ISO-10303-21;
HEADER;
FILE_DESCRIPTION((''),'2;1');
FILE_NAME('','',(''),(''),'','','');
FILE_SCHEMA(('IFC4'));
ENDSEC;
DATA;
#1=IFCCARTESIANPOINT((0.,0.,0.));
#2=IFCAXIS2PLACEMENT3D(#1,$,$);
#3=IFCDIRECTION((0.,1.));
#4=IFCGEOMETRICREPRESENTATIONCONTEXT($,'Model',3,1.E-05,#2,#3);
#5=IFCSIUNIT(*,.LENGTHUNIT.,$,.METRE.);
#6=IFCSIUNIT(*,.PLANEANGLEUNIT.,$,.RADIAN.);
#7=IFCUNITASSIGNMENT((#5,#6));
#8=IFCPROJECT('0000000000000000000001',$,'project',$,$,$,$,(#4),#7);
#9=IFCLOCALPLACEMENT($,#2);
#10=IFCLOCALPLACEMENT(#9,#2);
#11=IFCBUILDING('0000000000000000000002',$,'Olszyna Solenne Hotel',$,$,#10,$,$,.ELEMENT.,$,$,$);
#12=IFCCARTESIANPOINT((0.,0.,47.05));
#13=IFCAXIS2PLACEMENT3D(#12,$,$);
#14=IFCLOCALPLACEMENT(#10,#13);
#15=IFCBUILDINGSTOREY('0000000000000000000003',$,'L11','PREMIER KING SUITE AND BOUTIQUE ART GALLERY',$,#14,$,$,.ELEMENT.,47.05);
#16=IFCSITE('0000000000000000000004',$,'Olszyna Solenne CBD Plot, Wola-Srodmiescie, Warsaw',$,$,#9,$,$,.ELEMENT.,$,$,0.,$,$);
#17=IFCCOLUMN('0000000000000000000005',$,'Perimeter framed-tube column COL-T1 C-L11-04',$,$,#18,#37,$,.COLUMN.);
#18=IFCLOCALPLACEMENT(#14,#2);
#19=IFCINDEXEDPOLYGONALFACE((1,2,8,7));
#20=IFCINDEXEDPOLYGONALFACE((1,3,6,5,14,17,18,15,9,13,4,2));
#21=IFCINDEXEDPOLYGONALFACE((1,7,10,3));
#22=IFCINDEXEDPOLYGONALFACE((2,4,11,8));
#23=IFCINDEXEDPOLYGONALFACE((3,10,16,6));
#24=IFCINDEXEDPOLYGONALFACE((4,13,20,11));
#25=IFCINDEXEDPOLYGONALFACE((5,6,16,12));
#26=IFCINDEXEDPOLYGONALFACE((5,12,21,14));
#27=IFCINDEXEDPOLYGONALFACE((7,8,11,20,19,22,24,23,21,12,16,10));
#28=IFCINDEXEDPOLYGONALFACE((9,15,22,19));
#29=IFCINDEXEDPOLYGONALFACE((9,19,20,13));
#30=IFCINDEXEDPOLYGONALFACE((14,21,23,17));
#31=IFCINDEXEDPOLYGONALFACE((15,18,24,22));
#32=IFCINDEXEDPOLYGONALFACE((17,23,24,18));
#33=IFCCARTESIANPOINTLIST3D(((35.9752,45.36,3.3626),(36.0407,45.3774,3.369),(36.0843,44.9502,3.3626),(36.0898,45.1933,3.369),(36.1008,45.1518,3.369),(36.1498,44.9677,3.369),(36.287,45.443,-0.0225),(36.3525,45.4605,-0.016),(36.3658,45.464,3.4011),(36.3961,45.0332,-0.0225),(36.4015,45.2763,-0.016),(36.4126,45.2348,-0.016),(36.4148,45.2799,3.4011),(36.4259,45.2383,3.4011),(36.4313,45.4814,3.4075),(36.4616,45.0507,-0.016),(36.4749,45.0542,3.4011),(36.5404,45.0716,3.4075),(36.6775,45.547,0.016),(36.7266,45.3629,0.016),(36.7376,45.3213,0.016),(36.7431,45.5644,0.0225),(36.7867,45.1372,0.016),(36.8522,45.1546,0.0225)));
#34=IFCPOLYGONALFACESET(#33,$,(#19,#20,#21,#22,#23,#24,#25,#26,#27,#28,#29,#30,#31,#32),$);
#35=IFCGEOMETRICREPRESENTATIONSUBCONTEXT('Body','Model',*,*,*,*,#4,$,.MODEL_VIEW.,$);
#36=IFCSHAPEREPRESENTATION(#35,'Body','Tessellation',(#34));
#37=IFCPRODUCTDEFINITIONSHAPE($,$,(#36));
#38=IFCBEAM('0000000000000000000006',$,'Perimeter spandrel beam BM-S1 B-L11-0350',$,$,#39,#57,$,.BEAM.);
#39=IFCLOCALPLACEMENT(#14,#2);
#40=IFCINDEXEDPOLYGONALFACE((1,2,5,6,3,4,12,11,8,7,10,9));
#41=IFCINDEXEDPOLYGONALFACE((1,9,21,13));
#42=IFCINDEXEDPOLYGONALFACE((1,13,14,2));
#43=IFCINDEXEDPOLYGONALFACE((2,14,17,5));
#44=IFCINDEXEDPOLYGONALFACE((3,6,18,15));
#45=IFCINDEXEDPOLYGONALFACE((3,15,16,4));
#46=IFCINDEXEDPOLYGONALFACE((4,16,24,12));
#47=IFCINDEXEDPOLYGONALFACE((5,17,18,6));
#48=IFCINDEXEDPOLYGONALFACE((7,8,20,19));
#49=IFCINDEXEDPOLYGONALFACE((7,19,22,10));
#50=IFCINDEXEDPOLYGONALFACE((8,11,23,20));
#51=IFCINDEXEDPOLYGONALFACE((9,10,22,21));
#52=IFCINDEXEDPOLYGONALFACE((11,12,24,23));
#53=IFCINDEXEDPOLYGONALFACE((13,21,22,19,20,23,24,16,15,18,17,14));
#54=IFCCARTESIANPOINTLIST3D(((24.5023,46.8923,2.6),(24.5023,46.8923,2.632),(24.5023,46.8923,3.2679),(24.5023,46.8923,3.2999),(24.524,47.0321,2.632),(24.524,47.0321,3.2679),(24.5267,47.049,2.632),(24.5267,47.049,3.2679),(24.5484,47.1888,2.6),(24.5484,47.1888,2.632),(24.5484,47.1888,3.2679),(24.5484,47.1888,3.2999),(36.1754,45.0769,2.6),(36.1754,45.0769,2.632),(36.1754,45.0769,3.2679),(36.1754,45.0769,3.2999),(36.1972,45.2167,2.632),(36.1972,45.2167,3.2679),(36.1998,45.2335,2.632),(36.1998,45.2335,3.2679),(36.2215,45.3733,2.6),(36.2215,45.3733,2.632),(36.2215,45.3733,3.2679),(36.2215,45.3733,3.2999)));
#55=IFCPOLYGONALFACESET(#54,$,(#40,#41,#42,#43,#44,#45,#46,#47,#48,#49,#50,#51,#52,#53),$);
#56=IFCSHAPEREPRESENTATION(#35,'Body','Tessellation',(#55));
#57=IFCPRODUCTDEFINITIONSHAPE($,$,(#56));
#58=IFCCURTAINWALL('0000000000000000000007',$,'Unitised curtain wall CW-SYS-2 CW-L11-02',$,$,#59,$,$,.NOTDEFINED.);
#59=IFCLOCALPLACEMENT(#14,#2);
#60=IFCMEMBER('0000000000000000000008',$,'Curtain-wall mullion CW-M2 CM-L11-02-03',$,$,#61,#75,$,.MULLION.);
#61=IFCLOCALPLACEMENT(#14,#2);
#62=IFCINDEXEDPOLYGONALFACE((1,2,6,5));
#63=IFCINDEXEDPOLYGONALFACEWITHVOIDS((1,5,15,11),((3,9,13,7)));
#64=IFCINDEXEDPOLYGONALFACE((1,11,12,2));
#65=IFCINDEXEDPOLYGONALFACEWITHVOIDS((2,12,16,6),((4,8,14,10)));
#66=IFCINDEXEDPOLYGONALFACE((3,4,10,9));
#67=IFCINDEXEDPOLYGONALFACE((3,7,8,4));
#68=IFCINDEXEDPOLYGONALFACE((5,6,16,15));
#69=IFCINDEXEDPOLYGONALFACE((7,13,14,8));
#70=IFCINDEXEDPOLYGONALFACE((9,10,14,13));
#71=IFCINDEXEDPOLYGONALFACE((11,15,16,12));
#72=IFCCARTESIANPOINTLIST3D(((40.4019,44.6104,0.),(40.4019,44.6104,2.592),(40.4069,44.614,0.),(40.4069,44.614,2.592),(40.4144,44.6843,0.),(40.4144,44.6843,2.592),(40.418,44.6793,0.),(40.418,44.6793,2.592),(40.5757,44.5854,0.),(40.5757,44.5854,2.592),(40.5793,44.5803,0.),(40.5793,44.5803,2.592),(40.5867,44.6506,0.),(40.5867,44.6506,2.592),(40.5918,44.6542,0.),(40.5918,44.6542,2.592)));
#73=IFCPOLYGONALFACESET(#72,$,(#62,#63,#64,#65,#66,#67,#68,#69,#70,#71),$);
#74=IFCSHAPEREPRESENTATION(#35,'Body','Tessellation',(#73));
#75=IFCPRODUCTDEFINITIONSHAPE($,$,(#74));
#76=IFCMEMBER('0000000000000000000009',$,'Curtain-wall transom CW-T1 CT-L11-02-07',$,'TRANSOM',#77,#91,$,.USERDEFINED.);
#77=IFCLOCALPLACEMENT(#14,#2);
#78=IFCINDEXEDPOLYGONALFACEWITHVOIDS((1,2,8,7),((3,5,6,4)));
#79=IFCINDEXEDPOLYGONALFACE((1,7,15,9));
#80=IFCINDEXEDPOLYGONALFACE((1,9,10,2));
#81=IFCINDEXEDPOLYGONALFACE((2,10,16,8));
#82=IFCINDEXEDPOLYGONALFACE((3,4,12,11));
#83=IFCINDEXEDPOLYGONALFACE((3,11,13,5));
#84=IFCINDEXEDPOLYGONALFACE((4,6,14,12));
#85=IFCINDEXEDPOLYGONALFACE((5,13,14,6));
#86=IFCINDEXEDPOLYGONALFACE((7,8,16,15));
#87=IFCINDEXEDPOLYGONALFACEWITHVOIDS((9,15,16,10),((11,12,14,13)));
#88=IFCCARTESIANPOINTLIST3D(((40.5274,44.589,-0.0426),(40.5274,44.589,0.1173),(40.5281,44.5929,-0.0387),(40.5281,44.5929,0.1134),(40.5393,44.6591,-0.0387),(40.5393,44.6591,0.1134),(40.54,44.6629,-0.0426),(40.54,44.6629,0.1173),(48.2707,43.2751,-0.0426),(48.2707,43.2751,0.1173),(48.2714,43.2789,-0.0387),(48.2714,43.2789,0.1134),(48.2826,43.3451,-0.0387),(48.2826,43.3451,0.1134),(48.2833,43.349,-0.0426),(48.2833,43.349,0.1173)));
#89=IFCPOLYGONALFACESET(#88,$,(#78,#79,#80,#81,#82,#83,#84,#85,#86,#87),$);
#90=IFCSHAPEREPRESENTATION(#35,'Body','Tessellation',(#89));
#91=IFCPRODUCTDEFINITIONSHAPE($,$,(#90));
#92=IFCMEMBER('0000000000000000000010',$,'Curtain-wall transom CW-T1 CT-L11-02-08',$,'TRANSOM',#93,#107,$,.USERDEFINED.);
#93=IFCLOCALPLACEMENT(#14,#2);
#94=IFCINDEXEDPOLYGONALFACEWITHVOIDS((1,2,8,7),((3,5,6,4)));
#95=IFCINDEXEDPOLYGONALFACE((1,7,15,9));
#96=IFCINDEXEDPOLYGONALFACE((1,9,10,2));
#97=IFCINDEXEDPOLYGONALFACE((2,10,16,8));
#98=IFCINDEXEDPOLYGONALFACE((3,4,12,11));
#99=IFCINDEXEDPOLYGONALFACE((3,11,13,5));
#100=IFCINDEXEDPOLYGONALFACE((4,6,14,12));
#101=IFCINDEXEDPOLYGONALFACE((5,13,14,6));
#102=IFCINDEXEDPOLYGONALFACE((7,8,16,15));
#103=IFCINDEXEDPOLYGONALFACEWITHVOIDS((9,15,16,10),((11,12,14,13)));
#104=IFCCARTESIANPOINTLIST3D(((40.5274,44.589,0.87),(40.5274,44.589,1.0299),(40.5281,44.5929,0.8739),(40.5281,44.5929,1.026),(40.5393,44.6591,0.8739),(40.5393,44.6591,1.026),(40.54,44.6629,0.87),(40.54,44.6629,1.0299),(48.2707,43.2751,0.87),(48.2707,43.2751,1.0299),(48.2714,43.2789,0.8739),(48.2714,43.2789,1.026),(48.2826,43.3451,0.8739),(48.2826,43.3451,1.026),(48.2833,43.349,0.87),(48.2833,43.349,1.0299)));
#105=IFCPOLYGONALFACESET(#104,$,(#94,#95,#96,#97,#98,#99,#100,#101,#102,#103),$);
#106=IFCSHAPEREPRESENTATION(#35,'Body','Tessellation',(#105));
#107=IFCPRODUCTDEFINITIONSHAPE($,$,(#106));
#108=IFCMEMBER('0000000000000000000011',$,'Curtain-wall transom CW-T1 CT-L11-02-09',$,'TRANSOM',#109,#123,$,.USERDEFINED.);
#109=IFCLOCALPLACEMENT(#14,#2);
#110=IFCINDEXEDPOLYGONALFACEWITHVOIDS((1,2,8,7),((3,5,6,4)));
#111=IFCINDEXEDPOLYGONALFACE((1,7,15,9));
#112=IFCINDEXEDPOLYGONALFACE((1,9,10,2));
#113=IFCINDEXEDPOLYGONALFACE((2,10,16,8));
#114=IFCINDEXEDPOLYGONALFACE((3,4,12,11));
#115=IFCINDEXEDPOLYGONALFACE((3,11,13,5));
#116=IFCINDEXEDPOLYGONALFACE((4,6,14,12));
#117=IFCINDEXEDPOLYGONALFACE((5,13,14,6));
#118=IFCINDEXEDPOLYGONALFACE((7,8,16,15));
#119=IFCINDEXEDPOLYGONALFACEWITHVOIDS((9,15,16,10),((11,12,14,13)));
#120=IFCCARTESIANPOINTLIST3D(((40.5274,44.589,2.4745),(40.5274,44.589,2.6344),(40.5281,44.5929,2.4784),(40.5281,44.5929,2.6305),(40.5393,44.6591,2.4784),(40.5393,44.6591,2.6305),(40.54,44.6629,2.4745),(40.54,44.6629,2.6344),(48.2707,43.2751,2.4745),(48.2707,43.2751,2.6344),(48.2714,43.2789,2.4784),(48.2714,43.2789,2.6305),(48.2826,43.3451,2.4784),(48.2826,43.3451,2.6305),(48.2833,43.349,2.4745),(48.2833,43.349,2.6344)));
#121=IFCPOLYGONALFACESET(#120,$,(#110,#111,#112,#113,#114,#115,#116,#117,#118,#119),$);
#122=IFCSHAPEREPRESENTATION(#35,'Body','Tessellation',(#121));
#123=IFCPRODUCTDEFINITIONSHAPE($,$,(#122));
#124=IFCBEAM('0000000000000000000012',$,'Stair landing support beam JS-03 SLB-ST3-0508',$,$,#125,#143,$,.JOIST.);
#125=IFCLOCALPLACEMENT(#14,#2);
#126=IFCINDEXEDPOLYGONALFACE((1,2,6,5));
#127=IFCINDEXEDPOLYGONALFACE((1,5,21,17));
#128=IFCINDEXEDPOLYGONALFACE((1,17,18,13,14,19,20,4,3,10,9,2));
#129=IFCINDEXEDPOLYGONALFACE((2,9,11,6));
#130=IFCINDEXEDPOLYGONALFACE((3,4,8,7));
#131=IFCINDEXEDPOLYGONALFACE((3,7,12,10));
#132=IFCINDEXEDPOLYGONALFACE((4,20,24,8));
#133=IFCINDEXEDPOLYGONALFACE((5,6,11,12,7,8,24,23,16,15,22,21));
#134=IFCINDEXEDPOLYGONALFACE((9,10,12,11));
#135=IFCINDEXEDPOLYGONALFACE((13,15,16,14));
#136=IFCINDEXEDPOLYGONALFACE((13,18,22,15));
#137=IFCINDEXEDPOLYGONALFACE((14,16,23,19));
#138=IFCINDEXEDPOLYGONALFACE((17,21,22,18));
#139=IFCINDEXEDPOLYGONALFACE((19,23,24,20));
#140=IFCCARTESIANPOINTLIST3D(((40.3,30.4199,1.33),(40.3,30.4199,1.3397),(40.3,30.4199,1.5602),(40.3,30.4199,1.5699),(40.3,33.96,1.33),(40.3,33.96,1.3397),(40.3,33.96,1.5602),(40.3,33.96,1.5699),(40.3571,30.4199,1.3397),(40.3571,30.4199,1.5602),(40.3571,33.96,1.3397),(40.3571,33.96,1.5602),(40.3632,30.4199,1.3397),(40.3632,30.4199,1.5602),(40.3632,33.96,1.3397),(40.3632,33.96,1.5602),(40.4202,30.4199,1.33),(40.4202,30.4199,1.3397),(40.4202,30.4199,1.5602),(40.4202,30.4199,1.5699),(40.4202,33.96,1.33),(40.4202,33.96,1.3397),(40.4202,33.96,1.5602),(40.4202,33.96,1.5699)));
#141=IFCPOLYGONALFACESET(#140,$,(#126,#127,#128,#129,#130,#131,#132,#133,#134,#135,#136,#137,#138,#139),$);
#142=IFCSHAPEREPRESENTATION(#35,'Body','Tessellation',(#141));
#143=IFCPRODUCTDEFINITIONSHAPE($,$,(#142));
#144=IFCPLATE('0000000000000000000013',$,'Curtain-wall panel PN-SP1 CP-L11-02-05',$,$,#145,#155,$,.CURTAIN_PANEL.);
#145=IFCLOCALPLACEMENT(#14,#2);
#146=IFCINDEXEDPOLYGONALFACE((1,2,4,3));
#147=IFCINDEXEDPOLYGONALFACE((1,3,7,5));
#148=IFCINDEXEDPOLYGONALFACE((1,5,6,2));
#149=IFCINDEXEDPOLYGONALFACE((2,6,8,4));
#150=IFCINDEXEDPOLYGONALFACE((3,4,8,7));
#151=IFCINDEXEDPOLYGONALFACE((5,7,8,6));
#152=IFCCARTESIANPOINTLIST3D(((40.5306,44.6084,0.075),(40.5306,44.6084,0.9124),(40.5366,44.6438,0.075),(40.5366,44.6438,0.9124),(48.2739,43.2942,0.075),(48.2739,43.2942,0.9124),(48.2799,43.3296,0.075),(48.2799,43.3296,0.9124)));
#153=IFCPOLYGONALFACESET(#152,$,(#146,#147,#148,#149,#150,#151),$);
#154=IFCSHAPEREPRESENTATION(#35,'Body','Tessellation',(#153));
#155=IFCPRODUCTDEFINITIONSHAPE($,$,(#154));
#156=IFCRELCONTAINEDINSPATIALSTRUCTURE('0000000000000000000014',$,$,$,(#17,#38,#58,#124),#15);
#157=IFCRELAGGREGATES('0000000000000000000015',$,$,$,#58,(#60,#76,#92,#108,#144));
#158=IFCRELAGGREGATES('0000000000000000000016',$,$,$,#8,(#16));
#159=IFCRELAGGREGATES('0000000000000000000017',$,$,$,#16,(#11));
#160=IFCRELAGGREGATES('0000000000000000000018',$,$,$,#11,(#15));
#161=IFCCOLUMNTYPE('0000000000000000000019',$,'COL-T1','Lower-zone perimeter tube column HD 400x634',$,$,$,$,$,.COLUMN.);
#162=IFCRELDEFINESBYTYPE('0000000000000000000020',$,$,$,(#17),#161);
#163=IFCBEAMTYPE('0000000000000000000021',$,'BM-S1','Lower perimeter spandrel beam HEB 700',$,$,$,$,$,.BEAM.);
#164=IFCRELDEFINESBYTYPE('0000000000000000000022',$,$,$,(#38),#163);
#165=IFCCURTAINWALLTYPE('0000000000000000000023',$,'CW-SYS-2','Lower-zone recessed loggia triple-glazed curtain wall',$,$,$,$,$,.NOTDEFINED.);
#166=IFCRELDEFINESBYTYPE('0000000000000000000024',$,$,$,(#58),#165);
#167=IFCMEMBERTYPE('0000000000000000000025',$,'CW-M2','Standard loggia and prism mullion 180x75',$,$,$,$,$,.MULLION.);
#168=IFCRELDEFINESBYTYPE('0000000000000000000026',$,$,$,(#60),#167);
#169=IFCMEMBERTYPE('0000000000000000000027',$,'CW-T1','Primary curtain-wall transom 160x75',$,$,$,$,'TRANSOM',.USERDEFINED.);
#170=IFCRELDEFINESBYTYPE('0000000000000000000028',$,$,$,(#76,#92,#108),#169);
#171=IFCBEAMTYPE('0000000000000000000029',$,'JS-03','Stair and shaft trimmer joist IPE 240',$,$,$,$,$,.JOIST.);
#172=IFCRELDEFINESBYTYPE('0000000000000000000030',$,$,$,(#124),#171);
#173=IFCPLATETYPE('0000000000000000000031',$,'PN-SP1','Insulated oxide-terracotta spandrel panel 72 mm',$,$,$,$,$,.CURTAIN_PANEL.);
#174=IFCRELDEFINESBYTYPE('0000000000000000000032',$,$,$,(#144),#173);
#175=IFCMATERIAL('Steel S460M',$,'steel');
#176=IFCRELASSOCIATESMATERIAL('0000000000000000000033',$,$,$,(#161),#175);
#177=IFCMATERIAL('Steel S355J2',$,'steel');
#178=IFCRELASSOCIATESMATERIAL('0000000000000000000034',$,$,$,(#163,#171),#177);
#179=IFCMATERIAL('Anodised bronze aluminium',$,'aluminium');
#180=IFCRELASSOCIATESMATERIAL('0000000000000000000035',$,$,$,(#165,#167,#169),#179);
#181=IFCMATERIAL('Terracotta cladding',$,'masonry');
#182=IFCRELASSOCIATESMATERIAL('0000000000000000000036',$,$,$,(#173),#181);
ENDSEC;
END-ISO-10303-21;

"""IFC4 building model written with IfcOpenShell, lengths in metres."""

from ifc_helpers import new_model, si_unit, direction, frame, origin, origin_2d, place, context, subcontext, project, spatial, rectangle, hollow_rectangle, i_section, extrude, source, transform, mapped, material, material_profile, profile_set, type_object, element, aggregate, save


model = new_model("IFC4")

# Units and contexts
model_context = context("Model", 3, precision=1e-05, world=origin(), true_north=direction((0.0, 1.0)))
body_context = subcontext(model_context, "Body", "Model", "MODEL_VIEW")
ifc_project = project(units=[si_unit("LENGTHUNIT", "METRE"), si_unit("PLANEANGLEUNIT", "RADIAN")], contexts=[model_context])

# Site, building, storey
site_placement = place(None, origin())
site = spatial("IfcSite", under=ifc_project, at=site_placement, Name="Olszyna Solenne CBD Plot, Wola-Srodmiescie, Warsaw", CompositionType="ELEMENT", RefElevation=0.0)
building_placement = place(site_placement, origin())
building = spatial("IfcBuilding", under=site, at=building_placement, Name="Olszyna Solenne Hotel", CompositionType="ELEMENT")
storey_placement = place(building_placement, frame((0.0, 0.0, 47.05)))
storey = spatial("IfcBuildingStorey", under=building, at=storey_placement, Name="L11", Description="PREMIER KING SUITE AND BOUTIQUE ART GALLERY", CompositionType="ELEMENT", Elevation=47.05)

# Column
ifc_material_1 = material(Name="Steel S460M", Category="steel")
ifc_material_profile_1 = material_profile(ifc_material_1, i_section(OverallWidth=0.4241, OverallDepth=0.4741, WebThickness=0.043, FlangeThickness=0.0681, at=origin_2d()), Name="HD 400x634", Category="load-bearing")
ifc_profile_set_1 = profile_set([ifc_material_profile_1], Name="Steel S460M")
column_type = type_object("IfcColumnType", Name="COL-T1", Description="Lower-zone perimeter tube column HD 400x634", PredefinedType="COLUMN", material=ifc_profile_set_1)
shared_shape_1 = source(origin(), body_context, "Body", "SweptSolid", [
    extrude(i_section(OverallWidth=0.4241, OverallDepth=0.4741, WebThickness=0.043, FlangeThickness=0.0681, at=origin_2d()), origin(), (0.0, 0.0, 1.0), 3.4004),
])
column_placement = place(storey_placement, frame((36.5696, 45.2988, 0.0), z_axis=(-0.091687, -0.024412, 0.995489), x_axis=(0.257286, -0.966335, 0.0)))
element("IfcColumn", 1, at=column_placement, inside=storey, type_object=column_type, Name="Perimeter framed-tube column COL-T1 C-L11-04", PredefinedType="COLUMN", context=body_context, shape_type="MappedRepresentation", body=[
    mapped(shared_shape_1, transform((0.0, 0.0, 0.0), x_axis=(1.0, 0.0, 0.0), y_axis=(0.0, 1.0, 0.0), z_axis=(0.0, 0.0, 1.0), scale=1.0)),
])

# Beam
ifc_material_2 = material(Name="Steel S355J2", Category="steel")
ifc_material_profile_2 = material_profile(ifc_material_2, i_section(OverallWidth=0.3, OverallDepth=0.7, WebThickness=0.0171, FlangeThickness=0.032, at=origin_2d()), Name="HEB 700", Category="load-bearing")
ifc_profile_set_2 = profile_set([ifc_material_profile_2], Name="Steel S355J2")
beam_type_1 = type_object("IfcBeamType", Name="BM-S1", Description="Lower perimeter spandrel beam HEB 700", PredefinedType="BEAM", material=ifc_profile_set_2)
shared_shape_2 = source(origin(), body_context, "Body", "SweptSolid", [
    extrude(i_section(OverallWidth=0.3, OverallDepth=0.7, WebThickness=0.0171, FlangeThickness=0.032, at=origin_2d()), origin(), (0.0, 0.0, 1.0), 11.8135),
])
beam_1_placement = place(storey_placement, frame((36.1985, 45.2251, 2.95), z_axis=(-0.988121, 0.153675, 0.0), x_axis=(-0.153675, -0.988121, 0.0)))
element("IfcBeam", 2, at=beam_1_placement, inside=storey, type_object=beam_type_1, Name="Perimeter spandrel beam BM-S1 B-L11-0350", PredefinedType="BEAM", context=body_context, shape_type="MappedRepresentation", body=[
    mapped(shared_shape_2, transform((0.0, 0.0, 0.0), x_axis=(1.0, 0.0, 0.0), y_axis=(0.0, 1.0, 0.0), z_axis=(0.0, 0.0, 1.0), scale=1.0)),
])

# Curtain wall, members
ifc_material_3 = material(Name="Anodised bronze aluminium", Category="aluminium")
curtain_wall_type = type_object("IfcCurtainWallType", Name="CW-SYS-2", Description="Lower-zone recessed loggia triple-glazed curtain wall", PredefinedType="NOTDEFINED", material=ifc_material_3)
curtain_wall_placement = place(storey_placement, origin())
curtain_wall = element("IfcCurtainWall", 3, at=curtain_wall_placement, inside=storey, type_object=curtain_wall_type, Name="Unitised curtain wall CW-SYS-2 CW-L11-02", PredefinedType="NOTDEFINED")
ifc_material_profile_3 = material_profile(ifc_material_3, hollow_rectangle(XDim=0.075, YDim=0.1799, WallThickness=0.0044, at=origin_2d()), Name="MULL 180x75x4.5", Category="load-bearing")
ifc_profile_set_3 = profile_set([ifc_material_profile_3], Name="Anodised bronze aluminium")
member_type_1 = type_object("IfcMemberType", Name="CW-M2", Description="Standard loggia and prism mullion 180x75", PredefinedType="MULLION", material=ifc_profile_set_3)
shared_shape_3 = source(origin(), body_context, "Body", "SweptSolid", [
    extrude(hollow_rectangle(XDim=0.075, YDim=0.1799, WallThickness=0.0044, at=origin_2d()), origin(), (0.0, 0.0, 1.0), 2.592),
])
member_1_placement = place(storey_placement, frame((40.4968, 44.6323, 0.0), z_axis=(0.0, 0.0, 1.0), x_axis=(0.16732, 0.985903, 0.0)))
member_1 = element("IfcMember", 4, at=member_1_placement, type_object=member_type_1, Name="Curtain-wall mullion CW-M2 CM-L11-02-03", PredefinedType="MULLION", context=body_context, shape_type="MappedRepresentation", body=[
    mapped(shared_shape_3, transform((0.0, 0.0, 0.0), x_axis=(1.0, 0.0, 0.0), y_axis=(0.0, 1.0, 0.0), z_axis=(0.0, 0.0, 1.0), scale=1.0)),
])
ifc_material_profile_4 = material_profile(ifc_material_3, hollow_rectangle(XDim=0.075, YDim=0.1599, WallThickness=0.0039, at=origin_2d()), Name="TRAN 160x75x4", Category="load-bearing")
ifc_profile_set_4 = profile_set([ifc_material_profile_4], Name="Anodised bronze aluminium")
member_type_2 = type_object("IfcMemberType", Name="CW-T1", Description="Primary curtain-wall transom 160x75", ElementType="TRANSOM", PredefinedType="USERDEFINED", material=ifc_profile_set_4)
shared_shape_4 = source(origin(), body_context, "Body", "SweptSolid", [
    extrude(hollow_rectangle(XDim=0.075, YDim=0.1599, WallThickness=0.0039, at=origin_2d()), origin(), (0.0, 0.0, 1.0), 7.854),
])
member_2_placement = place(storey_placement, frame((40.5337, 44.626, 0.0374), z_axis=(0.985907, -0.167297, 0.0), x_axis=(0.167297, 0.985907, 0.0)))
member_2 = element("IfcMember", 5, at=member_2_placement, type_object=member_type_2, Name="Curtain-wall transom CW-T1 CT-L11-02-07", ObjectType="TRANSOM", PredefinedType="USERDEFINED", context=body_context, shape_type="MappedRepresentation", body=[
    mapped(shared_shape_4, transform((0.0, 0.0, 0.0), x_axis=(1.0, 0.0, 0.0), y_axis=(0.0, 1.0, 0.0), z_axis=(0.0, 0.0, 1.0), scale=1.0)),
])
member_3_placement = place(storey_placement, frame((40.5337, 44.626, 0.95), z_axis=(0.985907, -0.167297, 0.0), x_axis=(0.167297, 0.985907, 0.0)))
member_3 = element("IfcMember", 6, at=member_3_placement, type_object=member_type_2, Name="Curtain-wall transom CW-T1 CT-L11-02-08", ObjectType="TRANSOM", PredefinedType="USERDEFINED", context=body_context, shape_type="MappedRepresentation", body=[
    mapped(shared_shape_4, transform((0.0, 0.0, 0.0), x_axis=(1.0, 0.0, 0.0), y_axis=(0.0, 1.0, 0.0), z_axis=(0.0, 0.0, 1.0), scale=1.0)),
])
member_4_placement = place(storey_placement, frame((40.5337, 44.626, 2.5544), z_axis=(0.985907, -0.167297, 0.0), x_axis=(0.167297, 0.985907, 0.0)))
member_4 = element("IfcMember", 7, at=member_4_placement, type_object=member_type_2, Name="Curtain-wall transom CW-T1 CT-L11-02-09", ObjectType="TRANSOM", PredefinedType="USERDEFINED", context=body_context, shape_type="MappedRepresentation", body=[
    mapped(shared_shape_4, transform((0.0, 0.0, 0.0), x_axis=(1.0, 0.0, 0.0), y_axis=(0.0, 1.0, 0.0), z_axis=(0.0, 0.0, 1.0), scale=1.0)),
])

# Beam
ifc_material_profile_5 = material_profile(ifc_material_2, i_section(OverallWidth=0.1201, OverallDepth=0.24, WebThickness=0.0061, FlangeThickness=0.0098, at=origin_2d()), Name="IPE 240", Category="load-bearing")
ifc_profile_set_5 = profile_set([ifc_material_profile_5], Name="Steel S355J2")
beam_type_2 = type_object("IfcBeamType", Name="JS-03", Description="Stair and shaft trimmer joist IPE 240", PredefinedType="JOIST", material=ifc_profile_set_5)
shared_shape_5 = source(origin(), body_context, "Body", "SweptSolid", [
    extrude(i_section(OverallWidth=0.1201, OverallDepth=0.24, WebThickness=0.0061, FlangeThickness=0.0098, at=origin_2d()), origin(), (0.0, 0.0, 1.0), 3.54),
])
beam_2_placement = place(storey_placement, frame((40.3601, 30.4199, 1.45), z_axis=(0.0, 1.0, 0.0), x_axis=(-1.0, 0.0, 0.0)))
element("IfcBeam", 8, at=beam_2_placement, inside=storey, type_object=beam_type_2, Name="Stair landing support beam JS-03 SLB-ST3-0508", PredefinedType="JOIST", context=body_context, shape_type="MappedRepresentation", body=[
    mapped(shared_shape_5, transform((0.0, 0.0, 0.0), x_axis=(1.0, 0.0, 0.0), y_axis=(0.0, 1.0, 0.0), z_axis=(0.0, 0.0, 1.0), scale=1.0)),
])

# Plate
ifc_material_4 = material(Name="Terracotta cladding", Category="masonry")
plate_type_1 = type_object("IfcPlateType", Name="PN-SP1", Description="Insulated oxide-terracotta spandrel panel 72 mm", PredefinedType="CURTAIN_PANEL", material=ifc_material_4)
shared_shape_6 = source(origin(), body_context, "Body", "SweptSolid", [
    extrude(rectangle(XDim=7.854, YDim=0.0359, at=origin_2d()), origin(), (0.0, 0.0, 1.0), 0.8374),
])
plate_1_placement = place(storey_placement, frame((44.4053, 43.969, 0.075), z_axis=(0.0, 0.0, 1.0), x_axis=(0.985903, -0.16732, 0.0)))
plate_1 = element("IfcPlate", 9, at=plate_1_placement, type_object=plate_type_1, Name="Curtain-wall panel PN-SP1 CP-L11-02-05", PredefinedType="CURTAIN_PANEL", context=body_context, shape_type="MappedRepresentation", body=[
    mapped(shared_shape_6, transform((0.0, 0.0, 0.0), x_axis=(1.0, 0.0, 0.0), y_axis=(0.0, 1.0, 0.0), z_axis=(0.0, 0.0, 1.0), scale=1.0)),
])
aggregate(curtain_wall, [member_1, member_2, member_3, member_4, plate_1])

save(model, "model.ifc")
